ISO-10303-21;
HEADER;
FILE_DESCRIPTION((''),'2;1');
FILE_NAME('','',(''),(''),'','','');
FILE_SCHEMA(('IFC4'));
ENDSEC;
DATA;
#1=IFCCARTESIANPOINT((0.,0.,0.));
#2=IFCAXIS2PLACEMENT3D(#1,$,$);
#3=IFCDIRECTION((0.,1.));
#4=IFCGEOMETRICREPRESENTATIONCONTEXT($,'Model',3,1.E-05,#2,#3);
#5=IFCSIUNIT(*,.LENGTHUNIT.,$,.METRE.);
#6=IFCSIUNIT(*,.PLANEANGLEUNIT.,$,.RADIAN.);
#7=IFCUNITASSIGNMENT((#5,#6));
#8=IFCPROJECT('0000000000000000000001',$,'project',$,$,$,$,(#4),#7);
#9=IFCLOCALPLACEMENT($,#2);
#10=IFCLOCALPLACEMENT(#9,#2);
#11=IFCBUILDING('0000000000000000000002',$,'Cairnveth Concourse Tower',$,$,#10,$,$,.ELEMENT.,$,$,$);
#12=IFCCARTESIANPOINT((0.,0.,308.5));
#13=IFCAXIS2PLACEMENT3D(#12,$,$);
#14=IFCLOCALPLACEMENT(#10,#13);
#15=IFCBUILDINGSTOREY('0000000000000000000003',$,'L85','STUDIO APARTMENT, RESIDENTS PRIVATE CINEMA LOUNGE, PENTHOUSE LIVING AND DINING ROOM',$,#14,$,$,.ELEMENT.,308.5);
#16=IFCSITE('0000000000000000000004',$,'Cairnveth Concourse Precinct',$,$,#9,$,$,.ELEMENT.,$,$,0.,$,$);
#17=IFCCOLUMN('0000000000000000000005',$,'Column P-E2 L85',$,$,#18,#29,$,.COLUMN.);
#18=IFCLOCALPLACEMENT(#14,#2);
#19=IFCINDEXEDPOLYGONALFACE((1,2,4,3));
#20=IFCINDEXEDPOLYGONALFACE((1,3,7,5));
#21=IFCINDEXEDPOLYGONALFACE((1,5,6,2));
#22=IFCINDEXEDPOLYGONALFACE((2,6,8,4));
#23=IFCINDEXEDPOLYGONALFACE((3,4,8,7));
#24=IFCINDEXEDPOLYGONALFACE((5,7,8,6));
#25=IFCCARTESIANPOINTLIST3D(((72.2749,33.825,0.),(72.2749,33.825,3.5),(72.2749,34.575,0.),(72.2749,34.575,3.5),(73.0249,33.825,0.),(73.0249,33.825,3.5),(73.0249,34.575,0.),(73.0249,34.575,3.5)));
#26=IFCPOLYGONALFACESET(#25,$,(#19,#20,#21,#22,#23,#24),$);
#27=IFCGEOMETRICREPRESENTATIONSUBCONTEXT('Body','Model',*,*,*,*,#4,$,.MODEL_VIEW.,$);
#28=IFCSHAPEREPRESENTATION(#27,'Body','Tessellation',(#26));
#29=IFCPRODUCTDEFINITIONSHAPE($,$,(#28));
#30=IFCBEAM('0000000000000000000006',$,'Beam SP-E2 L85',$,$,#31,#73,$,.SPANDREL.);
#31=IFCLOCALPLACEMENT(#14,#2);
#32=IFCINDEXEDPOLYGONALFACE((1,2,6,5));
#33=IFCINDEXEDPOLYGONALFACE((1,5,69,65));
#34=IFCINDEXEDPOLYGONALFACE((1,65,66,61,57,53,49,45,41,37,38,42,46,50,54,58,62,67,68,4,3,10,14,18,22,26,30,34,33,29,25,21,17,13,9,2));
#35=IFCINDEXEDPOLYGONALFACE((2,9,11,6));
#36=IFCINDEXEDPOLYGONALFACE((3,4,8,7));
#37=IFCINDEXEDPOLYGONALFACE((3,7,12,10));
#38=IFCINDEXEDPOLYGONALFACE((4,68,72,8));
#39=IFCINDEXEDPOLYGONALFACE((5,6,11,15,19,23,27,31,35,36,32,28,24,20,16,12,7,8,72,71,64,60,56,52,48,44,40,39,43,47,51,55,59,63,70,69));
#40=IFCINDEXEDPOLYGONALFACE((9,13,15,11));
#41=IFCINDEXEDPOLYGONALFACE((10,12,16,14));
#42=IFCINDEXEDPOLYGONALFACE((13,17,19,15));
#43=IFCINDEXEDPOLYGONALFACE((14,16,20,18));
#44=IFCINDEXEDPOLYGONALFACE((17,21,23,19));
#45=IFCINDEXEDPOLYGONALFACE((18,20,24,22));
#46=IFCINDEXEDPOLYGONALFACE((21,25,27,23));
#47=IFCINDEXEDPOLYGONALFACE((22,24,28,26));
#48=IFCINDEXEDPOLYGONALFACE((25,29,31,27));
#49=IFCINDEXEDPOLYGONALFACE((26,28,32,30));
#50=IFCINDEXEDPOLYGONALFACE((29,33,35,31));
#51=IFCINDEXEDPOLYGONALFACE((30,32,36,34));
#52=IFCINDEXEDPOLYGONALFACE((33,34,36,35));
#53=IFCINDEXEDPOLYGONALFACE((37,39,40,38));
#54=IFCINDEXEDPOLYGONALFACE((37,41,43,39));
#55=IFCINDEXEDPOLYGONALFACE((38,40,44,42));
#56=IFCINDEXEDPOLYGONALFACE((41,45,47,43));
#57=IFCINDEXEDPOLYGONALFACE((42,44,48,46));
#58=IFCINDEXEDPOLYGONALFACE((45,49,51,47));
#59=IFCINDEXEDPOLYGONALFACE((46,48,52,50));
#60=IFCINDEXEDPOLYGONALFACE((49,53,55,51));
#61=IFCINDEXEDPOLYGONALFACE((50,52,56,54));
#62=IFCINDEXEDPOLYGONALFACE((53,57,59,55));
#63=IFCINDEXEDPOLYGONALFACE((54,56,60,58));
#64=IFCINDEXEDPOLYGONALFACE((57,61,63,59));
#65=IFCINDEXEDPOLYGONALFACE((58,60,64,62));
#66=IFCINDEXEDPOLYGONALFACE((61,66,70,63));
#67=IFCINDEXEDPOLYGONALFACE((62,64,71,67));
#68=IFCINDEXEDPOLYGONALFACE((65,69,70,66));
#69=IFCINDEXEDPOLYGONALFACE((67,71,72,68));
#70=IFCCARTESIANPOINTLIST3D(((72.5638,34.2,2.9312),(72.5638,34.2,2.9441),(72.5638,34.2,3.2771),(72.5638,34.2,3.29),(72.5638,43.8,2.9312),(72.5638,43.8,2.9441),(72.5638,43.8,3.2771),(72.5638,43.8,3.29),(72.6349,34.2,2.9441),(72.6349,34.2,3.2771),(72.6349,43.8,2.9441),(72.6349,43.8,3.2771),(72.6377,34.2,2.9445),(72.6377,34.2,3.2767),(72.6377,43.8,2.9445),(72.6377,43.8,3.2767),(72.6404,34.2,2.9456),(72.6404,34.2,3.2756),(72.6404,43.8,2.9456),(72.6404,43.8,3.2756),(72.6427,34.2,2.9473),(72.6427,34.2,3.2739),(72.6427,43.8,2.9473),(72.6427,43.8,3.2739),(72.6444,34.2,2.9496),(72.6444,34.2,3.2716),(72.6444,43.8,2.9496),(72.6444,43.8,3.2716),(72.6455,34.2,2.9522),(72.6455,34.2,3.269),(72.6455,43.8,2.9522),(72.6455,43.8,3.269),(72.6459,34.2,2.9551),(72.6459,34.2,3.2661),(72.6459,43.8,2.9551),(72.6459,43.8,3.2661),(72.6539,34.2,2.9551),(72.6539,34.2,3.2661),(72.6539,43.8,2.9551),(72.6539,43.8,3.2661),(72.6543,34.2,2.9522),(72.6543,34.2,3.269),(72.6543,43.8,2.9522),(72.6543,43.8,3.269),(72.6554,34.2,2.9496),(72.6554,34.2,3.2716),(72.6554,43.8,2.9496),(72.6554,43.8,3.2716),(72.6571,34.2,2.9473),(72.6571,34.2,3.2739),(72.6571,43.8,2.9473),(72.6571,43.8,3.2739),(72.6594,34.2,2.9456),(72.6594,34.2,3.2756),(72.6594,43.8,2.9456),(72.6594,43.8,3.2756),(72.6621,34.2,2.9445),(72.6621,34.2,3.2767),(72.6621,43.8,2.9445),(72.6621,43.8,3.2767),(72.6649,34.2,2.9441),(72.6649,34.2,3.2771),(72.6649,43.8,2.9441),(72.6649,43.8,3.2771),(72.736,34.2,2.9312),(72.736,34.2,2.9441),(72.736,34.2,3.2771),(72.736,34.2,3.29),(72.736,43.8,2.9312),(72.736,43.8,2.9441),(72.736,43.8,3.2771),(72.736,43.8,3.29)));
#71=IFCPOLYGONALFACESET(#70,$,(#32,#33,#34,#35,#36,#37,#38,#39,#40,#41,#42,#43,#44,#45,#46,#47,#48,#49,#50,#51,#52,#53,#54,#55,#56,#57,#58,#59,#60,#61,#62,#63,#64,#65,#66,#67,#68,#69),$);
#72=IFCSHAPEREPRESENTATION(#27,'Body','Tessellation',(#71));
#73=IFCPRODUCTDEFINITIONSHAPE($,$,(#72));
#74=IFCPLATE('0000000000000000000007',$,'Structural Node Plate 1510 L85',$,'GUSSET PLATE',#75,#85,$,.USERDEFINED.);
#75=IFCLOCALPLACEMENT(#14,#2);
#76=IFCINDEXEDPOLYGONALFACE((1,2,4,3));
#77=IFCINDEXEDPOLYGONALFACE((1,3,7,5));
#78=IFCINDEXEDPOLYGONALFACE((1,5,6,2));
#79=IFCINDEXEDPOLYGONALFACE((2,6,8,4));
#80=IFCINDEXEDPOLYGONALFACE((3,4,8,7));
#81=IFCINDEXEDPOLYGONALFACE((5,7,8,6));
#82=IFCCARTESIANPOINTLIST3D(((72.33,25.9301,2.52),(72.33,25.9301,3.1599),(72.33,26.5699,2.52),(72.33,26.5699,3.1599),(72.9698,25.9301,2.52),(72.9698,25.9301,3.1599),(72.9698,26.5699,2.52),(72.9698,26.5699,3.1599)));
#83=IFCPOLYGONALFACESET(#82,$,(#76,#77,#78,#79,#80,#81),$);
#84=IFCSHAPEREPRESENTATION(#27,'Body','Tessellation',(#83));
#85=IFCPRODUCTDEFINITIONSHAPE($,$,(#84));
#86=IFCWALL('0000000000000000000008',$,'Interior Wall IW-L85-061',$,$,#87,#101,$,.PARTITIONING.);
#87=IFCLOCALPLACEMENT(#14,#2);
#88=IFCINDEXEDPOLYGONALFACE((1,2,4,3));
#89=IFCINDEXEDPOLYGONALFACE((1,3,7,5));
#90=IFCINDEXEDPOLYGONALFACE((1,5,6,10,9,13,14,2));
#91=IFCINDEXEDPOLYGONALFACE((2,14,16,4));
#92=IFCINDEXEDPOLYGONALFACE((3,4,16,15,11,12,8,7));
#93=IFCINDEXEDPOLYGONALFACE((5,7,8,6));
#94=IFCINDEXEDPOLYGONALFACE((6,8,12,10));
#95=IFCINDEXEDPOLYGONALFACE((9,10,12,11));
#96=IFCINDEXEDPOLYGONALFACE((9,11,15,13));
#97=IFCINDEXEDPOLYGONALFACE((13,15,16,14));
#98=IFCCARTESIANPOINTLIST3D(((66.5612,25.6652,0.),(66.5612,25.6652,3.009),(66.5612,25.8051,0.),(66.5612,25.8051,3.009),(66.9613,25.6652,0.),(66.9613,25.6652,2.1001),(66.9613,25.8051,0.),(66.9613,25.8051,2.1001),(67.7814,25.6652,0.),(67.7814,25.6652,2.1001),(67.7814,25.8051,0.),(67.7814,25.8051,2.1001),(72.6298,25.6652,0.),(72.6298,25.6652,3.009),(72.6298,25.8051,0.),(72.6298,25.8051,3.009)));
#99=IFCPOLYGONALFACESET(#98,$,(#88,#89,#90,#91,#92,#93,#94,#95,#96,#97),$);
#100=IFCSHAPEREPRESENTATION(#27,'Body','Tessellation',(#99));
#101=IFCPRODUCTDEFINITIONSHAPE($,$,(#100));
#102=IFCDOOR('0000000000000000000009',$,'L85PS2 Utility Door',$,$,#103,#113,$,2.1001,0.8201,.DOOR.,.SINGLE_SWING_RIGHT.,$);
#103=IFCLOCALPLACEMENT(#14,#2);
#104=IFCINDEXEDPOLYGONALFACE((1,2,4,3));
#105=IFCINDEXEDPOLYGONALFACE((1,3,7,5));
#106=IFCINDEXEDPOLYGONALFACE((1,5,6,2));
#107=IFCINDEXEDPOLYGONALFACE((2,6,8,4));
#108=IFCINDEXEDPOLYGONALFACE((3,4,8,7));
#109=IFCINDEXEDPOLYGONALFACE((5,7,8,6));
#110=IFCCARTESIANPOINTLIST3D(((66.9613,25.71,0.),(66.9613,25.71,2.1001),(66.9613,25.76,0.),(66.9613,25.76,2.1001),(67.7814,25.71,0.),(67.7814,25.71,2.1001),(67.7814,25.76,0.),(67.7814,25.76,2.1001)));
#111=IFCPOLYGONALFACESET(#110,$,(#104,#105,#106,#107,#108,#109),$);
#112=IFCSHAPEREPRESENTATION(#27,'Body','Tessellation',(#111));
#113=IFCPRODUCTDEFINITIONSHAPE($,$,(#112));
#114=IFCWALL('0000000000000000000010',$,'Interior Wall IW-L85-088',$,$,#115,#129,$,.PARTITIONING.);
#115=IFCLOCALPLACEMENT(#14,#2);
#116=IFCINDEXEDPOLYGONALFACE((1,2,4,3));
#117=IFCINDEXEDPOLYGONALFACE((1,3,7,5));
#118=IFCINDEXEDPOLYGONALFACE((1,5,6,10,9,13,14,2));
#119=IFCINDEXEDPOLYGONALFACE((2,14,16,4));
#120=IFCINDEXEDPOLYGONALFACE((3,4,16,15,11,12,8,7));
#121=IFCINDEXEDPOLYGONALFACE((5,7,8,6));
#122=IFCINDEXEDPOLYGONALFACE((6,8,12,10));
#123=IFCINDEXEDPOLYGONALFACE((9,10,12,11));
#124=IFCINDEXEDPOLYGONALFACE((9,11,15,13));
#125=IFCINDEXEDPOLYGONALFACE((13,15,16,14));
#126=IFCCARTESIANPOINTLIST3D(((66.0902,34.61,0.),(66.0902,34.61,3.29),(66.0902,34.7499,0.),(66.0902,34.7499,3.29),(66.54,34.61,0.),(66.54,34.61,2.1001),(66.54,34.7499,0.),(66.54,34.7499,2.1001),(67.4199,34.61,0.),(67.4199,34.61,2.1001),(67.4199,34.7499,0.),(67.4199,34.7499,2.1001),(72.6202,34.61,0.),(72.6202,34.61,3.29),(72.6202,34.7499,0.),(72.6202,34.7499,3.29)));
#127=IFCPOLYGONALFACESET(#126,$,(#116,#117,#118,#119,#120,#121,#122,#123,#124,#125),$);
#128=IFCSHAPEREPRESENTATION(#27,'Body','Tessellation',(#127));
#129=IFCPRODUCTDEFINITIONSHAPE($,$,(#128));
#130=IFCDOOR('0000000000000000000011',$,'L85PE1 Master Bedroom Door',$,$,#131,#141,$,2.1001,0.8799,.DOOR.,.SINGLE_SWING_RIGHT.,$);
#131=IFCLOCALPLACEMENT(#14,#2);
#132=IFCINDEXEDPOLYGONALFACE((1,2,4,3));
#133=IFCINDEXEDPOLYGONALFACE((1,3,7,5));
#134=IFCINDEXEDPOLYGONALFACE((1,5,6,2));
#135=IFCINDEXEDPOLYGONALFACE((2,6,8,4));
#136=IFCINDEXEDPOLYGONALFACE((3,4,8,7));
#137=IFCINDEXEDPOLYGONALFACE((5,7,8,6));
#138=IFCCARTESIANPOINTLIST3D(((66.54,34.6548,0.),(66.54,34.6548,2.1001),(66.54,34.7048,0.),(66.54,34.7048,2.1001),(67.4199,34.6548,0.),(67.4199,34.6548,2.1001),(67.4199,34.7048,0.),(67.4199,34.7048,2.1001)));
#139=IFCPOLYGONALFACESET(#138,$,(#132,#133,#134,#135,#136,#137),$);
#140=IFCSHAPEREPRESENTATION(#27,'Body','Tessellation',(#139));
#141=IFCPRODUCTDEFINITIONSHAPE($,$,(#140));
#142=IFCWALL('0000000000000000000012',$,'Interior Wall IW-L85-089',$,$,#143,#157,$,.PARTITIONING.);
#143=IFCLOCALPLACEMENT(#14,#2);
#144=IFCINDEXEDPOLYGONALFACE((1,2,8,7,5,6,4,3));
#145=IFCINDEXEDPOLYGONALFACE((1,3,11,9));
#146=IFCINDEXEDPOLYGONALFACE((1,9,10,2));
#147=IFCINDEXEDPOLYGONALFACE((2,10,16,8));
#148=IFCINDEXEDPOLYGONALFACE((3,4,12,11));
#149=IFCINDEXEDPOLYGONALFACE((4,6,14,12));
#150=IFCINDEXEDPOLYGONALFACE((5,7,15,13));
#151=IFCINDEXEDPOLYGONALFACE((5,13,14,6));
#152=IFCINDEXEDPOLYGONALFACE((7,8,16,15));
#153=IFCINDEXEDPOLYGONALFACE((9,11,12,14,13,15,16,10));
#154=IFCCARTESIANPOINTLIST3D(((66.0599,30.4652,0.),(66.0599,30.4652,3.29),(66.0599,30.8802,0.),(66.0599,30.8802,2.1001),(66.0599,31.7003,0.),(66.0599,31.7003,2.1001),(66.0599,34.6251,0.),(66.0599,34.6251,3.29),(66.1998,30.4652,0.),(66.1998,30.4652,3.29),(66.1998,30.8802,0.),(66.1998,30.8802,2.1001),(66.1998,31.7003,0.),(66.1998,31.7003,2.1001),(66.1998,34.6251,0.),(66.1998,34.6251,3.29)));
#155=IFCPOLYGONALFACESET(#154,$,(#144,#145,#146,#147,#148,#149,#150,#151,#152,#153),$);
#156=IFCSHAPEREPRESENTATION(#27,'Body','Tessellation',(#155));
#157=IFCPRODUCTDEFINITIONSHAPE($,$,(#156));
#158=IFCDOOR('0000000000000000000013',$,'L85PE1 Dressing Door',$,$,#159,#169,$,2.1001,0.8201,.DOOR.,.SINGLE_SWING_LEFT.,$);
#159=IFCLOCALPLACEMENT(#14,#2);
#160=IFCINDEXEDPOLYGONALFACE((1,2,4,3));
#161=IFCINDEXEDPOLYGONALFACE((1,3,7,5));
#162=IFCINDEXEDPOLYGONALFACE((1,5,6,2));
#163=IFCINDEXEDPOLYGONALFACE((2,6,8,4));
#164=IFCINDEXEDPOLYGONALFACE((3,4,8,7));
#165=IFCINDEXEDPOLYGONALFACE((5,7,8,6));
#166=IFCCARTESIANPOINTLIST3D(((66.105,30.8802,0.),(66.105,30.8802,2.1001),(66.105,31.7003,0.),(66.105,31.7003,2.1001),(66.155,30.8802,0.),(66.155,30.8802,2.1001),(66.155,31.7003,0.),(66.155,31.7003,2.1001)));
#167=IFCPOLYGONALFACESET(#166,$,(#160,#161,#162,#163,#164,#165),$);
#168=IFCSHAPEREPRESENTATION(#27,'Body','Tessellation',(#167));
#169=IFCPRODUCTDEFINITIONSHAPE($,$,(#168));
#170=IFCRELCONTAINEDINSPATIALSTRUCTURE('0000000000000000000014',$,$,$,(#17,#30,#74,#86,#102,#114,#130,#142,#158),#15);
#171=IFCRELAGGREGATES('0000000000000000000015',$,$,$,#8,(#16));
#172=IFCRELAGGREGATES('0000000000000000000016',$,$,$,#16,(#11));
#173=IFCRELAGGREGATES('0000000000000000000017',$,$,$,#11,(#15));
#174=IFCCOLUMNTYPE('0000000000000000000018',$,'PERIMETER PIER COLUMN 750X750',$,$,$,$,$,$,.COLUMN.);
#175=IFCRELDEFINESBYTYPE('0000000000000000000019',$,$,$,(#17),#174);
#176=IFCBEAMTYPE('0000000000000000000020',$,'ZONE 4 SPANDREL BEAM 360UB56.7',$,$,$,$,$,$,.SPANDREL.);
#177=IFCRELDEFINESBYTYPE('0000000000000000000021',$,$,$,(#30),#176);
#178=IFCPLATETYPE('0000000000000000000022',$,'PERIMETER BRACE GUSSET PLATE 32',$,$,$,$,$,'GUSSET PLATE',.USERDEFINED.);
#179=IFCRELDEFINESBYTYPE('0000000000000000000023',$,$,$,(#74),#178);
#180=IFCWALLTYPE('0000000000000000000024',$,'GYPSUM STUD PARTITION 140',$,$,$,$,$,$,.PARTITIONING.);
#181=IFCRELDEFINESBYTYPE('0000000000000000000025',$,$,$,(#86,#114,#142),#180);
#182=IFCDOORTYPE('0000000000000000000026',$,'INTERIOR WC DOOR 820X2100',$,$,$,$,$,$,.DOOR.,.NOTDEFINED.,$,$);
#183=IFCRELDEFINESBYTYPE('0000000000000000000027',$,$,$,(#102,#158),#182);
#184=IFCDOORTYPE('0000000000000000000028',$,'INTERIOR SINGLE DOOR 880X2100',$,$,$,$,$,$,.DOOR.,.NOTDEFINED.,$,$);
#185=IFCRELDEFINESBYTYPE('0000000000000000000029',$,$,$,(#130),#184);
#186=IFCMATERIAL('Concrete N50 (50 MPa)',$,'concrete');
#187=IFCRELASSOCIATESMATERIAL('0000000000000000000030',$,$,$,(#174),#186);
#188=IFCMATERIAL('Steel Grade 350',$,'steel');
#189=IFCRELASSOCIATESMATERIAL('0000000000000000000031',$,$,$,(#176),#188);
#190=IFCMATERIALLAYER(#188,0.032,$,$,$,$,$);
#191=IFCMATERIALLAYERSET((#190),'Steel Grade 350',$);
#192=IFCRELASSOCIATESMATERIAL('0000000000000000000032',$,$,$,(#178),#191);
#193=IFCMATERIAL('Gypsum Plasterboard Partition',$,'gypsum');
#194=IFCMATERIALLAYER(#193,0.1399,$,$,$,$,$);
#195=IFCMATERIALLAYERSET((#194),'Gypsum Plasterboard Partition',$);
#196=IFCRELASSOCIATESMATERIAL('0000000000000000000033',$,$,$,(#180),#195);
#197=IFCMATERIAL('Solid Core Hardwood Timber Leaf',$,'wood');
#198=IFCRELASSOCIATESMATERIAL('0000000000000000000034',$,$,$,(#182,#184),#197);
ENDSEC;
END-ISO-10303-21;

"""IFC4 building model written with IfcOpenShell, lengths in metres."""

from ifc_helpers import new_model, si_unit, direction, frame, frame_2d, origin, origin_2d, place, context, subcontext, project, spatial, rectangle, i_section, extrude, material, layer, layer_set, material_profile, profile_set, type_object, element, fill, save


model = new_model("IFC4")

# Units and contexts
model_context = context("Model", 3, precision=1e-05, world=origin(), true_north=direction((0.0, 1.0)))
body_context = subcontext(model_context, "Body", "Model", "MODEL_VIEW")
ifc_project = project(units=[si_unit("LENGTHUNIT", "METRE"), si_unit("PLANEANGLEUNIT", "RADIAN")], contexts=[model_context])

# Site, building, storey
site_placement = place(None, origin())
site = spatial("IfcSite", under=ifc_project, at=site_placement, Name="Cairnveth Concourse Precinct", CompositionType="ELEMENT", RefElevation=0.0)
building_placement = place(site_placement, origin())
building = spatial("IfcBuilding", under=site, at=building_placement, Name="Cairnveth Concourse Tower", CompositionType="ELEMENT")
storey_placement = place(building_placement, frame((0.0, 0.0, 308.5)))
storey = spatial("IfcBuildingStorey", under=building, at=storey_placement, Name="L85", Description="STUDIO APARTMENT, RESIDENTS PRIVATE CINEMA LOUNGE, PENTHOUSE LIVING AND DINING ROOM", CompositionType="ELEMENT", Elevation=308.5)

# Column
ifc_material_1 = material(Name="Concrete N50 (50 MPa)", Category="concrete")
ifc_material_profile_1 = material_profile(ifc_material_1, rectangle(XDim=0.75, YDim=0.75, at=origin_2d()), Name="RC-COL-750x750")
ifc_profile_set_1 = profile_set([ifc_material_profile_1], Name="Concrete N50 (50 MPa)")
column_type = type_object("IfcColumnType", Name="PERIMETER PIER COLUMN 750X750", PredefinedType="COLUMN", material=ifc_profile_set_1)
column_placement = place(storey_placement, frame((72.6499, 34.2, 0.0), z_axis=(0.0, 0.0, 1.0), x_axis=(0.0, 1.0, 0.0)))
element("IfcColumn", 1, at=column_placement, inside=storey, type_object=column_type, Name="Column P-E2 L85", PredefinedType="COLUMN", context=body_context, shape_type="SweptSolid", body=[
    extrude(rectangle(XDim=0.75, YDim=0.75, at=origin_2d()), origin(), (0.0, 0.0, 1.0), 3.5),
])

# Beam
ifc_material_2 = material(Name="Steel Grade 350", Category="steel")
ifc_material_profile_2 = material_profile(ifc_material_2, i_section(OverallWidth=0.1721, OverallDepth=0.3589, WebThickness=0.0081, FlangeThickness=0.0129, FilletRadius=0.011, at=origin_2d()), Name="360UB56.7")
ifc_profile_set_2 = profile_set([ifc_material_profile_2], Name="Steel Grade 350")
beam_type = type_object("IfcBeamType", Name="ZONE 4 SPANDREL BEAM 360UB56.7", PredefinedType="SPANDREL", material=ifc_profile_set_2)
beam_placement = place(storey_placement, frame((72.6499, 34.2, 3.1106), z_axis=(0.0, 1.0, 0.0), x_axis=(-1.0, 0.0, 0.0)))
element("IfcBeam", 2, at=beam_placement, inside=storey, type_object=beam_type, Name="Beam SP-E2 L85", PredefinedType="SPANDREL", context=body_context, shape_type="SweptSolid", body=[
    extrude(i_section(OverallWidth=0.1721, OverallDepth=0.3589, WebThickness=0.0081, FlangeThickness=0.0129, FilletRadius=0.011, at=origin_2d()), origin(), (0.0, 0.0, 1.0), 9.6001),
])

# Plate
ifc_layer_1 = layer(ifc_material_2, 0.032)
ifc_layer_set_1 = layer_set([ifc_layer_1], Name="Steel Grade 350")
plate_type = type_object("IfcPlateType", Name="PERIMETER BRACE GUSSET PLATE 32", ElementType="GUSSET PLATE", PredefinedType="USERDEFINED", material=ifc_layer_set_1)
plate_placement = place(storey_placement, frame((72.6499, 26.25, 2.52), z_axis=(0.0, 0.0, 1.0), x_axis=(1.0, 0.0, 0.0)))
element("IfcPlate", 3, at=plate_placement, inside=storey, type_object=plate_type, Name="Structural Node Plate 1510 L85", ObjectType="GUSSET PLATE", PredefinedType="USERDEFINED", context=body_context, shape_type="SweptSolid", body=[
    extrude(rectangle(XDim=0.6399, YDim=0.6399, at=origin_2d()), origin(), (0.0, 0.0, 1.0), 0.6399),
])

# Walls, openings, doors
ifc_material_3 = material(Name="Gypsum Plasterboard Partition", Category="gypsum")
ifc_layer_2 = layer(ifc_material_3, 0.1399)
ifc_layer_set_2 = layer_set([ifc_layer_2], Name="Gypsum Plasterboard Partition")
wall_type_1 = type_object("IfcWallType", Name="GYPSUM STUD PARTITION 140", PredefinedType="PARTITIONING", material=ifc_layer_set_2)
wall_1_placement = place(storey_placement, frame((66.5613, 25.7351, 0.0), z_axis=(0.0, 0.0, 1.0), x_axis=(1.0, 0.0, 0.0)))
wall_1 = element("IfcWall", 4, at=wall_1_placement, inside=storey, type_object=wall_type_1, Name="Interior Wall IW-L85-061", PredefinedType="PARTITIONING", context=body_context, shape_type="SweptSolid", body=[
    extrude(rectangle(XDim=6.0686, YDim=0.1399, at=frame_2d((3.0342, 0.0))), origin(), (0.0, 0.0, 1.0), 3.009),
])
opening_1_placement = place(wall_1_placement, frame((0.3999, 0.0, 0.0)))
opening_1 = element("IfcOpeningElement", 5, at=opening_1_placement, cuts=wall_1, PredefinedType="OPENING", context=body_context, shape_type="SweptSolid", body=[
    extrude(rectangle(XDim=0.8201, YDim=2.1001, at=frame_2d((0.4102, 1.05))), frame((0.0, 0.0798, 0.0), z_axis=(0.0, -1.0, 0.0), x_axis=(1.0, 0.0, 0.0)), (0.0, 0.0, 1.0), 0.1599),
])
ifc_material_4 = material(Name="Solid Core Hardwood Timber Leaf", Category="wood")
door_type_1 = type_object("IfcDoorType", Name="INTERIOR WC DOOR 820X2100", OperationType="NOTDEFINED", PredefinedType="DOOR", material=ifc_material_4)
door_1_placement = place(opening_1_placement, origin())
door_1 = element("IfcDoor", 6, at=door_1_placement, inside=storey, type_object=door_type_1, Name="L85PS2 Utility Door", OperationType="SINGLE_SWING_RIGHT", OverallHeight=2.1001, OverallWidth=0.8201, PredefinedType="DOOR", context=body_context, shape_type="SweptSolid", body=[
    extrude(rectangle(XDim=0.8201, YDim=2.1001, at=frame_2d((0.4102, 1.05))), frame((0.0, 0.0249, 0.0), z_axis=(0.0, -1.0, 0.0), x_axis=(1.0, 0.0, 0.0)), (0.0, 0.0, 1.0), 0.05),
])
fill(opening_1, door_1)
wall_2_placement = place(storey_placement, frame((66.0901, 34.6799, 0.0), z_axis=(0.0, 0.0, 1.0), x_axis=(1.0, 0.0, 0.0)))
wall_2 = element("IfcWall", 7, at=wall_2_placement, inside=storey, type_object=wall_type_1, Name="Interior Wall IW-L85-088", PredefinedType="PARTITIONING", context=body_context, shape_type="SweptSolid", body=[
    extrude(rectangle(XDim=6.53, YDim=0.1399, at=frame_2d((3.2651, 0.0))), origin(), (0.0, 0.0, 1.0), 3.29),
])
opening_2_placement = place(wall_2_placement, frame((0.45, 0.0, 0.0)))
opening_2 = element("IfcOpeningElement", 8, at=opening_2_placement, cuts=wall_2, PredefinedType="OPENING", context=body_context, shape_type="SweptSolid", body=[
    extrude(rectangle(XDim=0.8799, YDim=2.1001, at=frame_2d((0.4399, 1.05))), frame((0.0, 0.0798, 0.0), z_axis=(0.0, -1.0, 0.0), x_axis=(1.0, 0.0, 0.0)), (0.0, 0.0, 1.0), 0.1599),
])
door_type_2 = type_object("IfcDoorType", Name="INTERIOR SINGLE DOOR 880X2100", OperationType="NOTDEFINED", PredefinedType="DOOR", material=ifc_material_4)
door_2_placement = place(opening_2_placement, origin())
door_2 = element("IfcDoor", 9, at=door_2_placement, inside=storey, type_object=door_type_2, Name="L85PE1 Master Bedroom Door", OperationType="SINGLE_SWING_RIGHT", OverallHeight=2.1001, OverallWidth=0.8799, PredefinedType="DOOR", context=body_context, shape_type="SweptSolid", body=[
    extrude(rectangle(XDim=0.8799, YDim=2.1001, at=frame_2d((0.4399, 1.05))), frame((0.0, 0.0249, 0.0), z_axis=(0.0, -1.0, 0.0), x_axis=(1.0, 0.0, 0.0)), (0.0, 0.0, 1.0), 0.05),
])
fill(opening_2, door_2)
wall_3_placement = place(storey_placement, frame((66.1299, 30.4651, 0.0), z_axis=(0.0, 0.0, 1.0), x_axis=(0.0, 1.0, 0.0)))
wall_3 = element("IfcWall", 10, at=wall_3_placement, inside=storey, type_object=wall_type_1, Name="Interior Wall IW-L85-089", PredefinedType="PARTITIONING", context=body_context, shape_type="SweptSolid", body=[
    extrude(rectangle(XDim=4.1599, YDim=0.1399, at=frame_2d((2.0801, 0.0))), origin(), (0.0, 0.0, 1.0), 3.29),
])
opening_3_placement = place(wall_3_placement, frame((0.415, 0.0, 0.0)))
opening_3 = element("IfcOpeningElement", 11, at=opening_3_placement, cuts=wall_3, PredefinedType="OPENING", context=body_context, shape_type="SweptSolid", body=[
    extrude(rectangle(XDim=0.8201, YDim=2.1001, at=frame_2d((0.4102, 1.05))), frame((0.0, 0.0798, 0.0), z_axis=(0.0, -1.0, 0.0), x_axis=(1.0, 0.0, 0.0)), (0.0, 0.0, 1.0), 0.1599),
])
door_3_placement = place(opening_3_placement, origin())
door_3 = element("IfcDoor", 12, at=door_3_placement, inside=storey, type_object=door_type_1, Name="L85PE1 Dressing Door", OperationType="SINGLE_SWING_LEFT", OverallHeight=2.1001, OverallWidth=0.8201, PredefinedType="DOOR", context=body_context, shape_type="SweptSolid", body=[
    extrude(rectangle(XDim=0.8201, YDim=2.1001, at=frame_2d((0.4102, 1.05))), frame((0.0, 0.0249, 0.0), z_axis=(0.0, -1.0, 0.0), x_axis=(1.0, 0.0, 0.0)), (0.0, 0.0, 1.0), 0.05),
])
fill(opening_3, door_3)

save(model, "model.ifc")
